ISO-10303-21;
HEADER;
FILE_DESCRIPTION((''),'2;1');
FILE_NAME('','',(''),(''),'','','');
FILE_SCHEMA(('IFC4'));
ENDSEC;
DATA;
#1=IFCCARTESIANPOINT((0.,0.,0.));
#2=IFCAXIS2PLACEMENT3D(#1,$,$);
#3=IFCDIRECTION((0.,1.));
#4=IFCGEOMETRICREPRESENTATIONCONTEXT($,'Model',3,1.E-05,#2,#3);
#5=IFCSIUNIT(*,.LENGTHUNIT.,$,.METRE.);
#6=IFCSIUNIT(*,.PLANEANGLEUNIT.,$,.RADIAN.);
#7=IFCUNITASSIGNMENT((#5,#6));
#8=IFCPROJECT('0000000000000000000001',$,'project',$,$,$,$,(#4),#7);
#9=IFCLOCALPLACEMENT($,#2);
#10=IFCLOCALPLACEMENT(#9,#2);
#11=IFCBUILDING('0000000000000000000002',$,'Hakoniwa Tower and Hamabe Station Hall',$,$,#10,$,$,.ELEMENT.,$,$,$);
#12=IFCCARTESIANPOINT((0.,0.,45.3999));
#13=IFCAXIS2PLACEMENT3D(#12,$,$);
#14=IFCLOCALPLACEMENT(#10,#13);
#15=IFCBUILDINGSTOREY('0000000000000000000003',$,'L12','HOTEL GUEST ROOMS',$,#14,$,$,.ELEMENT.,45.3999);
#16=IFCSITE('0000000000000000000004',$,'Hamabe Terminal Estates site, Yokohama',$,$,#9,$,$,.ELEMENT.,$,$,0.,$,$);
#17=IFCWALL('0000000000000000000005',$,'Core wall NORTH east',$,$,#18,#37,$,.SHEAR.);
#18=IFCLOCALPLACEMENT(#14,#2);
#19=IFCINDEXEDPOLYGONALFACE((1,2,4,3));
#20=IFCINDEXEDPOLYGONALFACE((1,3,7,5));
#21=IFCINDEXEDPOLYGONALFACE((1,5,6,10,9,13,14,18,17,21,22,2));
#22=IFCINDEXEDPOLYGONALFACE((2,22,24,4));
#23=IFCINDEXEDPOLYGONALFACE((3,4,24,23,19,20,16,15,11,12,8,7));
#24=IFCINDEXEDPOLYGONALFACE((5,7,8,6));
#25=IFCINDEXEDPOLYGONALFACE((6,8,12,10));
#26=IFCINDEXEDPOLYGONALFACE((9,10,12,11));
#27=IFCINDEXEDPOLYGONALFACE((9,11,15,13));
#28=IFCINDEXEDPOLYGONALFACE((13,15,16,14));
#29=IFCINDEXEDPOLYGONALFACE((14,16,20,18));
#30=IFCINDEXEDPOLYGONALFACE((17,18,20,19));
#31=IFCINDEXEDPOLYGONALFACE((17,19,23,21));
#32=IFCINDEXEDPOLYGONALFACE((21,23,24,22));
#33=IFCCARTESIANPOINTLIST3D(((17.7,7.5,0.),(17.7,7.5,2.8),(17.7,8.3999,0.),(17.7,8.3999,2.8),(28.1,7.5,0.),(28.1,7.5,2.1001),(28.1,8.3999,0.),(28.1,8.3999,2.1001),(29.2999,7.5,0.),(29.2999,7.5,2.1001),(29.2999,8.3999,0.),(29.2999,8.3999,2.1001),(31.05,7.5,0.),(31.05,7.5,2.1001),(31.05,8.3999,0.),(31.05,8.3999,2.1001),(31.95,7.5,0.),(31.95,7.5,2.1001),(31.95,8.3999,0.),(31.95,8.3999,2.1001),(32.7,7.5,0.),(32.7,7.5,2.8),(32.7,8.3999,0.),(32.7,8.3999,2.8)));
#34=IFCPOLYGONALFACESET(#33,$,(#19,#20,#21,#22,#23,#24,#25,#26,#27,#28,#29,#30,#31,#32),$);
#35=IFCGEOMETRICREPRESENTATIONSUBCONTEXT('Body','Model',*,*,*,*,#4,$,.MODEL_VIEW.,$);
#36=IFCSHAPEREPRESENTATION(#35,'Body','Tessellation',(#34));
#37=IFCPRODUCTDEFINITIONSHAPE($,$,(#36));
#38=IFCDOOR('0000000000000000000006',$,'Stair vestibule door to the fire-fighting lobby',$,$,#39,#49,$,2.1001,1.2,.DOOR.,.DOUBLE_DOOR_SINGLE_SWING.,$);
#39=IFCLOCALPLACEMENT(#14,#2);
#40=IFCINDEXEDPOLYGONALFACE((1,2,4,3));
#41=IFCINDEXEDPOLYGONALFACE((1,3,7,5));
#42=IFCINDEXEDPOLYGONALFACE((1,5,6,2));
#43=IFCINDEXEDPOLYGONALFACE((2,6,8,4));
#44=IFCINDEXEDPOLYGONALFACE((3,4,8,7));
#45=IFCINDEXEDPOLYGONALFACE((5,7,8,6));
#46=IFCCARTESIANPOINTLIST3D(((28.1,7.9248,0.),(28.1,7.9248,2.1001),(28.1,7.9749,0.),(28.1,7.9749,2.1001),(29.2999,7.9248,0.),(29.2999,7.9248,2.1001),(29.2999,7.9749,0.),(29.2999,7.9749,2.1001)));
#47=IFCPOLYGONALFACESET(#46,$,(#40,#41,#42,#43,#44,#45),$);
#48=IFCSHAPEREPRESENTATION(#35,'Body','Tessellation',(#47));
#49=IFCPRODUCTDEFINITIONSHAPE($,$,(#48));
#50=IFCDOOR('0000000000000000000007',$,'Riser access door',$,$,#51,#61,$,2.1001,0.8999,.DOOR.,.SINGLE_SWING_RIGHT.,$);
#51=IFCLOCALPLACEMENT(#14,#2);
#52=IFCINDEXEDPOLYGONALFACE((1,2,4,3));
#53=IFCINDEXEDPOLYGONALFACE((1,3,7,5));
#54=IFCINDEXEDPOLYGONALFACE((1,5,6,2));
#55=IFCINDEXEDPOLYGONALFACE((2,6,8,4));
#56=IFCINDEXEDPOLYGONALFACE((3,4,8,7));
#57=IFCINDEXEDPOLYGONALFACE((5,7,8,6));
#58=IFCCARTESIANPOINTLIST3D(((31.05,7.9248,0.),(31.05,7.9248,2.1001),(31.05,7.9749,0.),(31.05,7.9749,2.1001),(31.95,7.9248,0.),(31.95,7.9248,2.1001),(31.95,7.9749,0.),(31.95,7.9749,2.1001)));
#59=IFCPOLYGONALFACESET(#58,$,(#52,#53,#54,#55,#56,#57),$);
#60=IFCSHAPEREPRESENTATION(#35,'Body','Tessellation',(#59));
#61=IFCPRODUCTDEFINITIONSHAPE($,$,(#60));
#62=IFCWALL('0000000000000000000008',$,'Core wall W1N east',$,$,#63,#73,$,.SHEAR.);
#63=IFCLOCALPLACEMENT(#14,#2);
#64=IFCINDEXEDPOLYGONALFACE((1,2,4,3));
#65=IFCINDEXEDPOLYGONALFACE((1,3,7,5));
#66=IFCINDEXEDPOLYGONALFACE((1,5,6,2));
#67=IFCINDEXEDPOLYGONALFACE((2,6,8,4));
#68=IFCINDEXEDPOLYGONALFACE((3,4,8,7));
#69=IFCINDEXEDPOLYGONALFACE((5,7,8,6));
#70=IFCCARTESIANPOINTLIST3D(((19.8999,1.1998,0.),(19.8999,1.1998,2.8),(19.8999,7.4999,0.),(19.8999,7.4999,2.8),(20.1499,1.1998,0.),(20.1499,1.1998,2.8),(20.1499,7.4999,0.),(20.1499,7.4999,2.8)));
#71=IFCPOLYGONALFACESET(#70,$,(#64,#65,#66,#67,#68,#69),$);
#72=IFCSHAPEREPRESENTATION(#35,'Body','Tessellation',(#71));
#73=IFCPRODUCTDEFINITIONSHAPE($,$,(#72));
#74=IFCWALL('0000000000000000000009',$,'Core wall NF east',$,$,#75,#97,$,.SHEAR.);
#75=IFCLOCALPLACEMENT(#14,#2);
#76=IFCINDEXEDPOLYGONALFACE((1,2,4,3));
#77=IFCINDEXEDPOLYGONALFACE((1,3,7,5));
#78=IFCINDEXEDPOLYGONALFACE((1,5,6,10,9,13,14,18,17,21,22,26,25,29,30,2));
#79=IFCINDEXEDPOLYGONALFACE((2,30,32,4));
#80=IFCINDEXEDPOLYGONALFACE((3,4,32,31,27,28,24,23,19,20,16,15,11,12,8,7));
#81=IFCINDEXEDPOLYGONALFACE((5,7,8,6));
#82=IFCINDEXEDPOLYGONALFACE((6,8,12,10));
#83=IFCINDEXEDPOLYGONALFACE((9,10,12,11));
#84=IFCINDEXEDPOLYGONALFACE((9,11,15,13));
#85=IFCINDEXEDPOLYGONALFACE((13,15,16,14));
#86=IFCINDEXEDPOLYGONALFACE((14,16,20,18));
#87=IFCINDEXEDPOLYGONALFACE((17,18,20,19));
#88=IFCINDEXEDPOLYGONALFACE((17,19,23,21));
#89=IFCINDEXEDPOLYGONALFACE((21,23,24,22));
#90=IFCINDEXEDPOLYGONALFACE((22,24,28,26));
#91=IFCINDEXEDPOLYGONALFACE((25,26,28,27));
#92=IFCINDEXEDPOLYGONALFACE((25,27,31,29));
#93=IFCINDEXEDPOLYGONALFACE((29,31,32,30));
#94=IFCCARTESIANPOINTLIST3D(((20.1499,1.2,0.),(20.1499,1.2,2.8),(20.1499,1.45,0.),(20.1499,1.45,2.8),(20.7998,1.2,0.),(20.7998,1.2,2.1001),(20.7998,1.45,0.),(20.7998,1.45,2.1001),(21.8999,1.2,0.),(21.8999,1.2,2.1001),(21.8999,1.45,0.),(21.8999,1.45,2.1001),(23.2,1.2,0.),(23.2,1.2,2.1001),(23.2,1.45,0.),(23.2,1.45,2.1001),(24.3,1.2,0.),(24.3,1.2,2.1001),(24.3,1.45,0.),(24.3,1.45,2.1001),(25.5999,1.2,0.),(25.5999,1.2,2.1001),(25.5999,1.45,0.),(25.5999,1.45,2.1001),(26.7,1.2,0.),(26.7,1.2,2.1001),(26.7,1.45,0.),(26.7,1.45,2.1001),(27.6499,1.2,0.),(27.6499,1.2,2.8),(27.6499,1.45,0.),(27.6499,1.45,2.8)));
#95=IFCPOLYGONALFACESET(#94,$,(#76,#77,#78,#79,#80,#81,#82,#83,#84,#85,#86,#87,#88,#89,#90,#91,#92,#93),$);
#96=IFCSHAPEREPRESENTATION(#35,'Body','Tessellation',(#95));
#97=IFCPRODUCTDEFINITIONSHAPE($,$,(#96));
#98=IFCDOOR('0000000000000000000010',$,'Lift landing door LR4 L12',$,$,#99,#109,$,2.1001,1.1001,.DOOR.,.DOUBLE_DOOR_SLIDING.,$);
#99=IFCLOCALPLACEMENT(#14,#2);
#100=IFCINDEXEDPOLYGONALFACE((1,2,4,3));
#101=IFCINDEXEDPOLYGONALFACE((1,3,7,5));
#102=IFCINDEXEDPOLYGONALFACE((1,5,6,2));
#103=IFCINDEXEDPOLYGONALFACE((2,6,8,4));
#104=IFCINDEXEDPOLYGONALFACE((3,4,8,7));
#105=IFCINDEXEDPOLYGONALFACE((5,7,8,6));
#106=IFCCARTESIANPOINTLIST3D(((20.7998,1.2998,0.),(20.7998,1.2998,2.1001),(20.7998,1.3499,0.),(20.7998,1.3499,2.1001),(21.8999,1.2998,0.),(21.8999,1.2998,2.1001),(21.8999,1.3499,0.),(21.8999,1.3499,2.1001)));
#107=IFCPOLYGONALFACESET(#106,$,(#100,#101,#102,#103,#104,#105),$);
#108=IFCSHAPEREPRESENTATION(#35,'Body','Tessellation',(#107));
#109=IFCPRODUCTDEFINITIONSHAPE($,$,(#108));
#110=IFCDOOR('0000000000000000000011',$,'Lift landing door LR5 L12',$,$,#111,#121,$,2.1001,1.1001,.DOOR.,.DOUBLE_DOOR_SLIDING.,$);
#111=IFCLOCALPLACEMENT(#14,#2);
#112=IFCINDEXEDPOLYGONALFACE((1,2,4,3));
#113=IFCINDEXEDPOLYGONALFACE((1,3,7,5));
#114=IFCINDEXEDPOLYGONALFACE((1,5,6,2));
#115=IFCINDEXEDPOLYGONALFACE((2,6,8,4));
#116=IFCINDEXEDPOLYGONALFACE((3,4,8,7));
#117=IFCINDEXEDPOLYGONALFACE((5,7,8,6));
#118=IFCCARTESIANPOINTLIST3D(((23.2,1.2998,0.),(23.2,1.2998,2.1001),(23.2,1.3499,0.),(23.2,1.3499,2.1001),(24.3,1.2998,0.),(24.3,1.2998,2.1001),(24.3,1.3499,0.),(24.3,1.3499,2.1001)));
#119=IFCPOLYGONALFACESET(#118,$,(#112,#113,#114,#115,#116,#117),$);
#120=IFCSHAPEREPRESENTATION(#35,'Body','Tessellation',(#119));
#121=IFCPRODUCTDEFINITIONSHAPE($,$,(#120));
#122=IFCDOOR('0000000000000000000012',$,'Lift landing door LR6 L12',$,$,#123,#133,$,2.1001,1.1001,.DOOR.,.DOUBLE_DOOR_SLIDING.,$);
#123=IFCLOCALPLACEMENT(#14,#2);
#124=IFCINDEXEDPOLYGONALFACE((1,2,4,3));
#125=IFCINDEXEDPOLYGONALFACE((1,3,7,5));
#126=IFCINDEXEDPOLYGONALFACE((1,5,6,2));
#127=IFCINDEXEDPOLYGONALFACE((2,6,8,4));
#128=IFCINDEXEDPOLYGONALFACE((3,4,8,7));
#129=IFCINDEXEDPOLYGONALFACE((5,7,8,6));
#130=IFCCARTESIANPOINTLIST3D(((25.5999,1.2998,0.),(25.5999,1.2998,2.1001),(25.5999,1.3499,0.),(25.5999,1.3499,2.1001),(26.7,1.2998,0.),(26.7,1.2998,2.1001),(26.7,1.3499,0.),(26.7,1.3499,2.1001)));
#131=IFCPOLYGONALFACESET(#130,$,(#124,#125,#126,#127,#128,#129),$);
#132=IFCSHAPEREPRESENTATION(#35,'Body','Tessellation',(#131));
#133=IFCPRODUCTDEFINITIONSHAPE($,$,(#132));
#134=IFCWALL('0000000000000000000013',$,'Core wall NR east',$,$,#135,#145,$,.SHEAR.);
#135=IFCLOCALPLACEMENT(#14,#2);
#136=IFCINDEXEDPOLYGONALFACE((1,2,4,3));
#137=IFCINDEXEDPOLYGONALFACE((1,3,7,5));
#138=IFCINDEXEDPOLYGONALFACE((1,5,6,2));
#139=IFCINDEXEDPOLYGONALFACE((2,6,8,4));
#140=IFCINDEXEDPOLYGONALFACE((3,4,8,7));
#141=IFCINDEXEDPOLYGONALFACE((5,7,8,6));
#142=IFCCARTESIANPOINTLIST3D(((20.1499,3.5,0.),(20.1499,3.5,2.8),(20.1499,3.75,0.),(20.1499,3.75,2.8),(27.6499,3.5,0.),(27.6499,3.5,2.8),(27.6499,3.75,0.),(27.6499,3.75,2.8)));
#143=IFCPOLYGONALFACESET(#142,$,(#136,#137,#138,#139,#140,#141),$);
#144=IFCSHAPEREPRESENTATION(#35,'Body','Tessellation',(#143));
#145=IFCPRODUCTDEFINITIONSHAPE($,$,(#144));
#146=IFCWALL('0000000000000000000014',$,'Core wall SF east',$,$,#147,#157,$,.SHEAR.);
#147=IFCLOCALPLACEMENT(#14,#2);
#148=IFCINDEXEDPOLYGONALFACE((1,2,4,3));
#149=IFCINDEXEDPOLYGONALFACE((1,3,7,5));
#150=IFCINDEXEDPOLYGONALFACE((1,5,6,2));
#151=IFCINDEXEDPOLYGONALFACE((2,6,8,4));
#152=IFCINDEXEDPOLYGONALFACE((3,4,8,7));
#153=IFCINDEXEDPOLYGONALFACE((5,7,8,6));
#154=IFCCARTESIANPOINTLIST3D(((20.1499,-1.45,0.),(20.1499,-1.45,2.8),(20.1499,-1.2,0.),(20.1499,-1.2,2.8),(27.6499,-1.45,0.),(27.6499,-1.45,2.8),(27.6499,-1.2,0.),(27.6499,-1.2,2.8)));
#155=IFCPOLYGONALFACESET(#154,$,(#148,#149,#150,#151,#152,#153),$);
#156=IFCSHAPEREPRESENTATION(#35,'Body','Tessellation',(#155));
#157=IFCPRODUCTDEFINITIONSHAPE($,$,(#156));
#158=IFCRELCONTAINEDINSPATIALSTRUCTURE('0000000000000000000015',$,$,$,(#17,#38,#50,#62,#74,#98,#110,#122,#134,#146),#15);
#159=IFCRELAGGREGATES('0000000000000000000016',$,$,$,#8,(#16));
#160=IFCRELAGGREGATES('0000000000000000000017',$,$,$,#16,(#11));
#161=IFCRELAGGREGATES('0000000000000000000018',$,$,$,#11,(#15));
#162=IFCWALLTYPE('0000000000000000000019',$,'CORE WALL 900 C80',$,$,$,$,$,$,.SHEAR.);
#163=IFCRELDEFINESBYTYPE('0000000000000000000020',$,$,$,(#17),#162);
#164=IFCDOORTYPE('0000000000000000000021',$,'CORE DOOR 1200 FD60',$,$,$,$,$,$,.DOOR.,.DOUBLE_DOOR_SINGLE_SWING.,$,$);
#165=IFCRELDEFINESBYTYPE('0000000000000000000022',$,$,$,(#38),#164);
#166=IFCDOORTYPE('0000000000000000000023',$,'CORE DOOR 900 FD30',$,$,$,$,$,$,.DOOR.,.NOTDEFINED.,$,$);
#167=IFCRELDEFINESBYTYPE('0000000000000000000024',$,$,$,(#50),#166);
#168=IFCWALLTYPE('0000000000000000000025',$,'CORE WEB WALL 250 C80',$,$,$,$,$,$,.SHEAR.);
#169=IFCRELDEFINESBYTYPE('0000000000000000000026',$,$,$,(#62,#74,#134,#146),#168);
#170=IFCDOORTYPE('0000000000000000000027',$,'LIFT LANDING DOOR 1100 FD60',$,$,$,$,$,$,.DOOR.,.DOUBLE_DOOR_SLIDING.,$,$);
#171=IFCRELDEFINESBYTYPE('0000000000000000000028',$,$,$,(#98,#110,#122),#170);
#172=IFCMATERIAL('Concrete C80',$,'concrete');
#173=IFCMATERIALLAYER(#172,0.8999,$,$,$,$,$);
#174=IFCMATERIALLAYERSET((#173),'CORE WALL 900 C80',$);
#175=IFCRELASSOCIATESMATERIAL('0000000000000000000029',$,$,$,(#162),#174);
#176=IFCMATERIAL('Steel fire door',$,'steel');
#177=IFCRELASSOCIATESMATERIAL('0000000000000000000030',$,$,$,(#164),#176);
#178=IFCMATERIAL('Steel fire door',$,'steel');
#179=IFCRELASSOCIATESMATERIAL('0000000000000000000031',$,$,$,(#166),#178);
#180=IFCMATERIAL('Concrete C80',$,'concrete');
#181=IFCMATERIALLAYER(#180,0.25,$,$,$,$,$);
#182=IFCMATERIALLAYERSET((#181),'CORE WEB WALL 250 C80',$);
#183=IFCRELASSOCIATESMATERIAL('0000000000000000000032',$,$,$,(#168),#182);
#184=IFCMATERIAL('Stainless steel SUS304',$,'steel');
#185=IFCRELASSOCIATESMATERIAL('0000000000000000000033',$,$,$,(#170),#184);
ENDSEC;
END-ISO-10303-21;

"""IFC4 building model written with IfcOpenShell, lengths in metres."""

from ifc_helpers import new_model, si_unit, direction, frame, frame_2d, origin, place, context, subcontext, project, spatial, rectangle, extrude, material, layer, layer_set, type_object, element, fill, save


model = new_model("IFC4")

# Units and contexts
model_context = context("Model", 3, precision=1e-05, world=origin(), true_north=direction((0.0, 1.0)))
body_context = subcontext(model_context, "Body", "Model", "MODEL_VIEW")
ifc_project = project(units=[si_unit("LENGTHUNIT", "METRE"), si_unit("PLANEANGLEUNIT", "RADIAN")], contexts=[model_context])

# Site, building, storey
site_placement = place(None, origin())
site = spatial("IfcSite", under=ifc_project, at=site_placement, Name="Hamabe Terminal Estates site, Yokohama", CompositionType="ELEMENT", RefElevation=0.0)
building_placement = place(site_placement, origin())
building = spatial("IfcBuilding", under=site, at=building_placement, Name="Hakoniwa Tower and Hamabe Station Hall", CompositionType="ELEMENT")
storey_placement = place(building_placement, frame((0.0, 0.0, 45.3999)))
storey = spatial("IfcBuildingStorey", under=building, at=storey_placement, Name="L12", Description="HOTEL GUEST ROOMS", CompositionType="ELEMENT", Elevation=45.3999)

# Wall, openings, doors
ifc_material_1 = material(Name="Concrete C80", Category="concrete")
ifc_layer_1 = layer(ifc_material_1, 0.8999)
ifc_layer_set_1 = layer_set([ifc_layer_1], Name="CORE WALL 900 C80")
wall_type_1 = type_object("IfcWallType", Name="CORE WALL 900 C80", PredefinedType="SHEAR", material=ifc_layer_set_1)
wall_1_placement = place(storey_placement, frame((17.7, 7.95, 0.0), z_axis=(0.0, 0.0, 1.0), x_axis=(1.0, 0.0, 0.0)))
wall_1 = element("IfcWall", 1, at=wall_1_placement, inside=storey, type_object=wall_type_1, Name="Core wall NORTH east", PredefinedType="SHEAR", context=body_context, shape_type="SweptSolid", body=[
    extrude(rectangle(XDim=15.0, YDim=0.8999, at=frame_2d((7.5, 0.0))), origin(), (0.0, 0.0, 1.0), 2.8),
])
opening_1_placement = place(wall_1_placement, frame((10.3999, 0.0, 0.0)))
opening_1 = element("IfcOpeningElement", 2, at=opening_1_placement, cuts=wall_1, PredefinedType="OPENING", context=body_context, shape_type="SweptSolid", body=[
    extrude(rectangle(XDim=1.2, YDim=2.1001, at=frame_2d((0.6001, 1.05))), frame((0.0, 0.46, 0.0), z_axis=(0.0, -1.0, 0.0), x_axis=(1.0, 0.0, 0.0)), (0.0, 0.0, 1.0), 0.9199),
])
opening_2_placement = place(wall_1_placement, frame((13.3501, 0.0, 0.0)))
opening_2 = element("IfcOpeningElement", 3, at=opening_2_placement, cuts=wall_1, PredefinedType="OPENING", context=body_context, shape_type="SweptSolid", body=[
    extrude(rectangle(XDim=0.8999, YDim=2.1001, at=frame_2d((0.45, 1.05))), frame((0.0, 0.46, 0.0), z_axis=(0.0, -1.0, 0.0), x_axis=(1.0, 0.0, 0.0)), (0.0, 0.0, 1.0), 0.9199),
])
ifc_material_2 = material(Name="Steel fire door", Category="steel")
door_type_1 = type_object("IfcDoorType", Name="CORE DOOR 1200 FD60", OperationType="DOUBLE_DOOR_SINGLE_SWING", PredefinedType="DOOR", material=ifc_material_2)
door_1_placement = place(opening_1_placement, origin())
door_1 = element("IfcDoor", 4, at=door_1_placement, inside=storey, type_object=door_type_1, Name="Stair vestibule door to the fire-fighting lobby", OperationType="DOUBLE_DOOR_SINGLE_SWING", OverallHeight=2.1001, OverallWidth=1.2, PredefinedType="DOOR", context=body_context, shape_type="SweptSolid", body=[
    extrude(rectangle(XDim=1.2, YDim=2.1001, at=frame_2d((0.6001, 1.05))), frame((0.0, 0.0249, 0.0), z_axis=(0.0, -1.0, 0.0), x_axis=(1.0, 0.0, 0.0)), (0.0, 0.0, 1.0), 0.05),
])
fill(opening_1, door_1)
ifc_material_3 = material(Name="Steel fire door", Category="steel")
door_type_2 = type_object("IfcDoorType", Name="CORE DOOR 900 FD30", OperationType="NOTDEFINED", PredefinedType="DOOR", material=ifc_material_3)
door_2_placement = place(opening_2_placement, origin())
door_2 = element("IfcDoor", 5, at=door_2_placement, inside=storey, type_object=door_type_2, Name="Riser access door", OperationType="SINGLE_SWING_RIGHT", OverallHeight=2.1001, OverallWidth=0.8999, PredefinedType="DOOR", context=body_context, shape_type="SweptSolid", body=[
    extrude(rectangle(XDim=0.8999, YDim=2.1001, at=frame_2d((0.45, 1.05))), frame((0.0, 0.0249, 0.0), z_axis=(0.0, -1.0, 0.0), x_axis=(1.0, 0.0, 0.0)), (0.0, 0.0, 1.0), 0.05),
])
fill(opening_2, door_2)

# Wall
ifc_material_4 = material(Name="Concrete C80", Category="concrete")
ifc_layer_2 = layer(ifc_material_4, 0.25)
ifc_layer_set_2 = layer_set([ifc_layer_2], Name="CORE WEB WALL 250 C80")
wall_type_2 = type_object("IfcWallType", Name="CORE WEB WALL 250 C80", PredefinedType="SHEAR", material=ifc_layer_set_2)
wall_2_placement = place(storey_placement, frame((20.0249, 1.2, 0.0), z_axis=(0.0, 0.0, 1.0), x_axis=(0.0, 1.0, 0.0)))
element("IfcWall", 6, at=wall_2_placement, inside=storey, type_object=wall_type_2, Name="Core wall W1N east", PredefinedType="SHEAR", context=body_context, shape_type="SweptSolid", body=[
    extrude(rectangle(XDim=6.3, YDim=0.25, at=frame_2d((3.1499, 0.0))), origin(), (0.0, 0.0, 1.0), 2.8),
])

# Wall, openings, doors
wall_3_placement = place(storey_placement, frame((20.1499, 1.325, 0.0), z_axis=(0.0, 0.0, 1.0), x_axis=(1.0, 0.0, 0.0)))
wall_3 = element("IfcWall", 7, at=wall_3_placement, inside=storey, type_object=wall_type_2, Name="Core wall NF east", PredefinedType="SHEAR", context=body_context, shape_type="SweptSolid", body=[
    extrude(rectangle(XDim=7.5, YDim=0.25, at=frame_2d((3.75, 0.0))), origin(), (0.0, 0.0, 1.0), 2.8),
])
opening_3_placement = place(wall_3_placement, frame((0.6499, 0.0, 0.0)))
opening_3 = element("IfcOpeningElement", 8, at=opening_3_placement, cuts=wall_3, PredefinedType="OPENING", context=body_context, shape_type="SweptSolid", body=[
    extrude(rectangle(XDim=1.1001, YDim=2.1001, at=frame_2d((0.55, 1.05))), frame((0.0, 0.135, 0.0), z_axis=(0.0, -1.0, 0.0), x_axis=(1.0, 0.0, 0.0)), (0.0, 0.0, 1.0), 0.27),
])
opening_4_placement = place(wall_3_placement, frame((3.05, 0.0, 0.0)))
opening_4 = element("IfcOpeningElement", 9, at=opening_4_placement, cuts=wall_3, PredefinedType="OPENING", context=body_context, shape_type="SweptSolid", body=[
    extrude(rectangle(XDim=1.1001, YDim=2.1001, at=frame_2d((0.55, 1.05))), frame((0.0, 0.135, 0.0), z_axis=(0.0, -1.0, 0.0), x_axis=(1.0, 0.0, 0.0)), (0.0, 0.0, 1.0), 0.27),
])
opening_5_placement = place(wall_3_placement, frame((5.45, 0.0, 0.0)))
opening_5 = element("IfcOpeningElement", 10, at=opening_5_placement, cuts=wall_3, PredefinedType="OPENING", context=body_context, shape_type="SweptSolid", body=[
    extrude(rectangle(XDim=1.1001, YDim=2.1001, at=frame_2d((0.55, 1.05))), frame((0.0, 0.135, 0.0), z_axis=(0.0, -1.0, 0.0), x_axis=(1.0, 0.0, 0.0)), (0.0, 0.0, 1.0), 0.27),
])
ifc_material_5 = material(Name="Stainless steel SUS304", Category="steel")
door_type_3 = type_object("IfcDoorType", Name="LIFT LANDING DOOR 1100 FD60", OperationType="DOUBLE_DOOR_SLIDING", PredefinedType="DOOR", material=ifc_material_5)
door_3_placement = place(opening_3_placement, origin())
door_3 = element("IfcDoor", 11, at=door_3_placement, inside=storey, type_object=door_type_3, Name="Lift landing door LR4 L12", OperationType="DOUBLE_DOOR_SLIDING", OverallHeight=2.1001, OverallWidth=1.1001, PredefinedType="DOOR", context=body_context, shape_type="SweptSolid", body=[
    extrude(rectangle(XDim=1.1001, YDim=2.1001, at=frame_2d((0.55, 1.05))), frame((0.0, 0.0249, 0.0), z_axis=(0.0, -1.0, 0.0), x_axis=(1.0, 0.0, 0.0)), (0.0, 0.0, 1.0), 0.05),
])
fill(opening_3, door_3)
door_4_placement = place(opening_4_placement, origin())
door_4 = element("IfcDoor", 12, at=door_4_placement, inside=storey, type_object=door_type_3, Name="Lift landing door LR5 L12", OperationType="DOUBLE_DOOR_SLIDING", OverallHeight=2.1001, OverallWidth=1.1001, PredefinedType="DOOR", context=body_context, shape_type="SweptSolid", body=[
    extrude(rectangle(XDim=1.1001, YDim=2.1001, at=frame_2d((0.55, 1.05))), frame((0.0, 0.0249, 0.0), z_axis=(0.0, -1.0, 0.0), x_axis=(1.0, 0.0, 0.0)), (0.0, 0.0, 1.0), 0.05),
])
fill(opening_4, door_4)
door_5_placement = place(opening_5_placement, origin())
door_5 = element("IfcDoor", 13, at=door_5_placement, inside=storey, type_object=door_type_3, Name="Lift landing door LR6 L12", OperationType="DOUBLE_DOOR_SLIDING", OverallHeight=2.1001, OverallWidth=1.1001, PredefinedType="DOOR", context=body_context, shape_type="SweptSolid", body=[
    extrude(rectangle(XDim=1.1001, YDim=2.1001, at=frame_2d((0.55, 1.05))), frame((0.0, 0.0249, 0.0), z_axis=(0.0, -1.0, 0.0), x_axis=(1.0, 0.0, 0.0)), (0.0, 0.0, 1.0), 0.05),
])
fill(opening_5, door_5)

# Walls
for number, where, z_axis, x_axis, name in (
    (14, (20.1499, 3.625, 0.0), (0.0, 0.0, 1.0), (1.0, 0.0, 0.0), "Core wall NR east"),
    (15, (20.1499, -1.325, 0.0), (0.0, 0.0, 1.0), (1.0, 0.0, 0.0), "Core wall SF east"),
):
    element("IfcWall", number, at=place(storey_placement, frame(where, z_axis=z_axis, x_axis=x_axis)), inside=storey, type_object=wall_type_2, Name=name, PredefinedType="SHEAR", context=body_context, shape_type="SweptSolid", body=[
        extrude(rectangle(XDim=7.5, YDim=0.25, at=frame_2d((3.75, 0.0))), origin(), (0.0, 0.0, 1.0), 2.8),
    ])

save(model, "model.ifc")
